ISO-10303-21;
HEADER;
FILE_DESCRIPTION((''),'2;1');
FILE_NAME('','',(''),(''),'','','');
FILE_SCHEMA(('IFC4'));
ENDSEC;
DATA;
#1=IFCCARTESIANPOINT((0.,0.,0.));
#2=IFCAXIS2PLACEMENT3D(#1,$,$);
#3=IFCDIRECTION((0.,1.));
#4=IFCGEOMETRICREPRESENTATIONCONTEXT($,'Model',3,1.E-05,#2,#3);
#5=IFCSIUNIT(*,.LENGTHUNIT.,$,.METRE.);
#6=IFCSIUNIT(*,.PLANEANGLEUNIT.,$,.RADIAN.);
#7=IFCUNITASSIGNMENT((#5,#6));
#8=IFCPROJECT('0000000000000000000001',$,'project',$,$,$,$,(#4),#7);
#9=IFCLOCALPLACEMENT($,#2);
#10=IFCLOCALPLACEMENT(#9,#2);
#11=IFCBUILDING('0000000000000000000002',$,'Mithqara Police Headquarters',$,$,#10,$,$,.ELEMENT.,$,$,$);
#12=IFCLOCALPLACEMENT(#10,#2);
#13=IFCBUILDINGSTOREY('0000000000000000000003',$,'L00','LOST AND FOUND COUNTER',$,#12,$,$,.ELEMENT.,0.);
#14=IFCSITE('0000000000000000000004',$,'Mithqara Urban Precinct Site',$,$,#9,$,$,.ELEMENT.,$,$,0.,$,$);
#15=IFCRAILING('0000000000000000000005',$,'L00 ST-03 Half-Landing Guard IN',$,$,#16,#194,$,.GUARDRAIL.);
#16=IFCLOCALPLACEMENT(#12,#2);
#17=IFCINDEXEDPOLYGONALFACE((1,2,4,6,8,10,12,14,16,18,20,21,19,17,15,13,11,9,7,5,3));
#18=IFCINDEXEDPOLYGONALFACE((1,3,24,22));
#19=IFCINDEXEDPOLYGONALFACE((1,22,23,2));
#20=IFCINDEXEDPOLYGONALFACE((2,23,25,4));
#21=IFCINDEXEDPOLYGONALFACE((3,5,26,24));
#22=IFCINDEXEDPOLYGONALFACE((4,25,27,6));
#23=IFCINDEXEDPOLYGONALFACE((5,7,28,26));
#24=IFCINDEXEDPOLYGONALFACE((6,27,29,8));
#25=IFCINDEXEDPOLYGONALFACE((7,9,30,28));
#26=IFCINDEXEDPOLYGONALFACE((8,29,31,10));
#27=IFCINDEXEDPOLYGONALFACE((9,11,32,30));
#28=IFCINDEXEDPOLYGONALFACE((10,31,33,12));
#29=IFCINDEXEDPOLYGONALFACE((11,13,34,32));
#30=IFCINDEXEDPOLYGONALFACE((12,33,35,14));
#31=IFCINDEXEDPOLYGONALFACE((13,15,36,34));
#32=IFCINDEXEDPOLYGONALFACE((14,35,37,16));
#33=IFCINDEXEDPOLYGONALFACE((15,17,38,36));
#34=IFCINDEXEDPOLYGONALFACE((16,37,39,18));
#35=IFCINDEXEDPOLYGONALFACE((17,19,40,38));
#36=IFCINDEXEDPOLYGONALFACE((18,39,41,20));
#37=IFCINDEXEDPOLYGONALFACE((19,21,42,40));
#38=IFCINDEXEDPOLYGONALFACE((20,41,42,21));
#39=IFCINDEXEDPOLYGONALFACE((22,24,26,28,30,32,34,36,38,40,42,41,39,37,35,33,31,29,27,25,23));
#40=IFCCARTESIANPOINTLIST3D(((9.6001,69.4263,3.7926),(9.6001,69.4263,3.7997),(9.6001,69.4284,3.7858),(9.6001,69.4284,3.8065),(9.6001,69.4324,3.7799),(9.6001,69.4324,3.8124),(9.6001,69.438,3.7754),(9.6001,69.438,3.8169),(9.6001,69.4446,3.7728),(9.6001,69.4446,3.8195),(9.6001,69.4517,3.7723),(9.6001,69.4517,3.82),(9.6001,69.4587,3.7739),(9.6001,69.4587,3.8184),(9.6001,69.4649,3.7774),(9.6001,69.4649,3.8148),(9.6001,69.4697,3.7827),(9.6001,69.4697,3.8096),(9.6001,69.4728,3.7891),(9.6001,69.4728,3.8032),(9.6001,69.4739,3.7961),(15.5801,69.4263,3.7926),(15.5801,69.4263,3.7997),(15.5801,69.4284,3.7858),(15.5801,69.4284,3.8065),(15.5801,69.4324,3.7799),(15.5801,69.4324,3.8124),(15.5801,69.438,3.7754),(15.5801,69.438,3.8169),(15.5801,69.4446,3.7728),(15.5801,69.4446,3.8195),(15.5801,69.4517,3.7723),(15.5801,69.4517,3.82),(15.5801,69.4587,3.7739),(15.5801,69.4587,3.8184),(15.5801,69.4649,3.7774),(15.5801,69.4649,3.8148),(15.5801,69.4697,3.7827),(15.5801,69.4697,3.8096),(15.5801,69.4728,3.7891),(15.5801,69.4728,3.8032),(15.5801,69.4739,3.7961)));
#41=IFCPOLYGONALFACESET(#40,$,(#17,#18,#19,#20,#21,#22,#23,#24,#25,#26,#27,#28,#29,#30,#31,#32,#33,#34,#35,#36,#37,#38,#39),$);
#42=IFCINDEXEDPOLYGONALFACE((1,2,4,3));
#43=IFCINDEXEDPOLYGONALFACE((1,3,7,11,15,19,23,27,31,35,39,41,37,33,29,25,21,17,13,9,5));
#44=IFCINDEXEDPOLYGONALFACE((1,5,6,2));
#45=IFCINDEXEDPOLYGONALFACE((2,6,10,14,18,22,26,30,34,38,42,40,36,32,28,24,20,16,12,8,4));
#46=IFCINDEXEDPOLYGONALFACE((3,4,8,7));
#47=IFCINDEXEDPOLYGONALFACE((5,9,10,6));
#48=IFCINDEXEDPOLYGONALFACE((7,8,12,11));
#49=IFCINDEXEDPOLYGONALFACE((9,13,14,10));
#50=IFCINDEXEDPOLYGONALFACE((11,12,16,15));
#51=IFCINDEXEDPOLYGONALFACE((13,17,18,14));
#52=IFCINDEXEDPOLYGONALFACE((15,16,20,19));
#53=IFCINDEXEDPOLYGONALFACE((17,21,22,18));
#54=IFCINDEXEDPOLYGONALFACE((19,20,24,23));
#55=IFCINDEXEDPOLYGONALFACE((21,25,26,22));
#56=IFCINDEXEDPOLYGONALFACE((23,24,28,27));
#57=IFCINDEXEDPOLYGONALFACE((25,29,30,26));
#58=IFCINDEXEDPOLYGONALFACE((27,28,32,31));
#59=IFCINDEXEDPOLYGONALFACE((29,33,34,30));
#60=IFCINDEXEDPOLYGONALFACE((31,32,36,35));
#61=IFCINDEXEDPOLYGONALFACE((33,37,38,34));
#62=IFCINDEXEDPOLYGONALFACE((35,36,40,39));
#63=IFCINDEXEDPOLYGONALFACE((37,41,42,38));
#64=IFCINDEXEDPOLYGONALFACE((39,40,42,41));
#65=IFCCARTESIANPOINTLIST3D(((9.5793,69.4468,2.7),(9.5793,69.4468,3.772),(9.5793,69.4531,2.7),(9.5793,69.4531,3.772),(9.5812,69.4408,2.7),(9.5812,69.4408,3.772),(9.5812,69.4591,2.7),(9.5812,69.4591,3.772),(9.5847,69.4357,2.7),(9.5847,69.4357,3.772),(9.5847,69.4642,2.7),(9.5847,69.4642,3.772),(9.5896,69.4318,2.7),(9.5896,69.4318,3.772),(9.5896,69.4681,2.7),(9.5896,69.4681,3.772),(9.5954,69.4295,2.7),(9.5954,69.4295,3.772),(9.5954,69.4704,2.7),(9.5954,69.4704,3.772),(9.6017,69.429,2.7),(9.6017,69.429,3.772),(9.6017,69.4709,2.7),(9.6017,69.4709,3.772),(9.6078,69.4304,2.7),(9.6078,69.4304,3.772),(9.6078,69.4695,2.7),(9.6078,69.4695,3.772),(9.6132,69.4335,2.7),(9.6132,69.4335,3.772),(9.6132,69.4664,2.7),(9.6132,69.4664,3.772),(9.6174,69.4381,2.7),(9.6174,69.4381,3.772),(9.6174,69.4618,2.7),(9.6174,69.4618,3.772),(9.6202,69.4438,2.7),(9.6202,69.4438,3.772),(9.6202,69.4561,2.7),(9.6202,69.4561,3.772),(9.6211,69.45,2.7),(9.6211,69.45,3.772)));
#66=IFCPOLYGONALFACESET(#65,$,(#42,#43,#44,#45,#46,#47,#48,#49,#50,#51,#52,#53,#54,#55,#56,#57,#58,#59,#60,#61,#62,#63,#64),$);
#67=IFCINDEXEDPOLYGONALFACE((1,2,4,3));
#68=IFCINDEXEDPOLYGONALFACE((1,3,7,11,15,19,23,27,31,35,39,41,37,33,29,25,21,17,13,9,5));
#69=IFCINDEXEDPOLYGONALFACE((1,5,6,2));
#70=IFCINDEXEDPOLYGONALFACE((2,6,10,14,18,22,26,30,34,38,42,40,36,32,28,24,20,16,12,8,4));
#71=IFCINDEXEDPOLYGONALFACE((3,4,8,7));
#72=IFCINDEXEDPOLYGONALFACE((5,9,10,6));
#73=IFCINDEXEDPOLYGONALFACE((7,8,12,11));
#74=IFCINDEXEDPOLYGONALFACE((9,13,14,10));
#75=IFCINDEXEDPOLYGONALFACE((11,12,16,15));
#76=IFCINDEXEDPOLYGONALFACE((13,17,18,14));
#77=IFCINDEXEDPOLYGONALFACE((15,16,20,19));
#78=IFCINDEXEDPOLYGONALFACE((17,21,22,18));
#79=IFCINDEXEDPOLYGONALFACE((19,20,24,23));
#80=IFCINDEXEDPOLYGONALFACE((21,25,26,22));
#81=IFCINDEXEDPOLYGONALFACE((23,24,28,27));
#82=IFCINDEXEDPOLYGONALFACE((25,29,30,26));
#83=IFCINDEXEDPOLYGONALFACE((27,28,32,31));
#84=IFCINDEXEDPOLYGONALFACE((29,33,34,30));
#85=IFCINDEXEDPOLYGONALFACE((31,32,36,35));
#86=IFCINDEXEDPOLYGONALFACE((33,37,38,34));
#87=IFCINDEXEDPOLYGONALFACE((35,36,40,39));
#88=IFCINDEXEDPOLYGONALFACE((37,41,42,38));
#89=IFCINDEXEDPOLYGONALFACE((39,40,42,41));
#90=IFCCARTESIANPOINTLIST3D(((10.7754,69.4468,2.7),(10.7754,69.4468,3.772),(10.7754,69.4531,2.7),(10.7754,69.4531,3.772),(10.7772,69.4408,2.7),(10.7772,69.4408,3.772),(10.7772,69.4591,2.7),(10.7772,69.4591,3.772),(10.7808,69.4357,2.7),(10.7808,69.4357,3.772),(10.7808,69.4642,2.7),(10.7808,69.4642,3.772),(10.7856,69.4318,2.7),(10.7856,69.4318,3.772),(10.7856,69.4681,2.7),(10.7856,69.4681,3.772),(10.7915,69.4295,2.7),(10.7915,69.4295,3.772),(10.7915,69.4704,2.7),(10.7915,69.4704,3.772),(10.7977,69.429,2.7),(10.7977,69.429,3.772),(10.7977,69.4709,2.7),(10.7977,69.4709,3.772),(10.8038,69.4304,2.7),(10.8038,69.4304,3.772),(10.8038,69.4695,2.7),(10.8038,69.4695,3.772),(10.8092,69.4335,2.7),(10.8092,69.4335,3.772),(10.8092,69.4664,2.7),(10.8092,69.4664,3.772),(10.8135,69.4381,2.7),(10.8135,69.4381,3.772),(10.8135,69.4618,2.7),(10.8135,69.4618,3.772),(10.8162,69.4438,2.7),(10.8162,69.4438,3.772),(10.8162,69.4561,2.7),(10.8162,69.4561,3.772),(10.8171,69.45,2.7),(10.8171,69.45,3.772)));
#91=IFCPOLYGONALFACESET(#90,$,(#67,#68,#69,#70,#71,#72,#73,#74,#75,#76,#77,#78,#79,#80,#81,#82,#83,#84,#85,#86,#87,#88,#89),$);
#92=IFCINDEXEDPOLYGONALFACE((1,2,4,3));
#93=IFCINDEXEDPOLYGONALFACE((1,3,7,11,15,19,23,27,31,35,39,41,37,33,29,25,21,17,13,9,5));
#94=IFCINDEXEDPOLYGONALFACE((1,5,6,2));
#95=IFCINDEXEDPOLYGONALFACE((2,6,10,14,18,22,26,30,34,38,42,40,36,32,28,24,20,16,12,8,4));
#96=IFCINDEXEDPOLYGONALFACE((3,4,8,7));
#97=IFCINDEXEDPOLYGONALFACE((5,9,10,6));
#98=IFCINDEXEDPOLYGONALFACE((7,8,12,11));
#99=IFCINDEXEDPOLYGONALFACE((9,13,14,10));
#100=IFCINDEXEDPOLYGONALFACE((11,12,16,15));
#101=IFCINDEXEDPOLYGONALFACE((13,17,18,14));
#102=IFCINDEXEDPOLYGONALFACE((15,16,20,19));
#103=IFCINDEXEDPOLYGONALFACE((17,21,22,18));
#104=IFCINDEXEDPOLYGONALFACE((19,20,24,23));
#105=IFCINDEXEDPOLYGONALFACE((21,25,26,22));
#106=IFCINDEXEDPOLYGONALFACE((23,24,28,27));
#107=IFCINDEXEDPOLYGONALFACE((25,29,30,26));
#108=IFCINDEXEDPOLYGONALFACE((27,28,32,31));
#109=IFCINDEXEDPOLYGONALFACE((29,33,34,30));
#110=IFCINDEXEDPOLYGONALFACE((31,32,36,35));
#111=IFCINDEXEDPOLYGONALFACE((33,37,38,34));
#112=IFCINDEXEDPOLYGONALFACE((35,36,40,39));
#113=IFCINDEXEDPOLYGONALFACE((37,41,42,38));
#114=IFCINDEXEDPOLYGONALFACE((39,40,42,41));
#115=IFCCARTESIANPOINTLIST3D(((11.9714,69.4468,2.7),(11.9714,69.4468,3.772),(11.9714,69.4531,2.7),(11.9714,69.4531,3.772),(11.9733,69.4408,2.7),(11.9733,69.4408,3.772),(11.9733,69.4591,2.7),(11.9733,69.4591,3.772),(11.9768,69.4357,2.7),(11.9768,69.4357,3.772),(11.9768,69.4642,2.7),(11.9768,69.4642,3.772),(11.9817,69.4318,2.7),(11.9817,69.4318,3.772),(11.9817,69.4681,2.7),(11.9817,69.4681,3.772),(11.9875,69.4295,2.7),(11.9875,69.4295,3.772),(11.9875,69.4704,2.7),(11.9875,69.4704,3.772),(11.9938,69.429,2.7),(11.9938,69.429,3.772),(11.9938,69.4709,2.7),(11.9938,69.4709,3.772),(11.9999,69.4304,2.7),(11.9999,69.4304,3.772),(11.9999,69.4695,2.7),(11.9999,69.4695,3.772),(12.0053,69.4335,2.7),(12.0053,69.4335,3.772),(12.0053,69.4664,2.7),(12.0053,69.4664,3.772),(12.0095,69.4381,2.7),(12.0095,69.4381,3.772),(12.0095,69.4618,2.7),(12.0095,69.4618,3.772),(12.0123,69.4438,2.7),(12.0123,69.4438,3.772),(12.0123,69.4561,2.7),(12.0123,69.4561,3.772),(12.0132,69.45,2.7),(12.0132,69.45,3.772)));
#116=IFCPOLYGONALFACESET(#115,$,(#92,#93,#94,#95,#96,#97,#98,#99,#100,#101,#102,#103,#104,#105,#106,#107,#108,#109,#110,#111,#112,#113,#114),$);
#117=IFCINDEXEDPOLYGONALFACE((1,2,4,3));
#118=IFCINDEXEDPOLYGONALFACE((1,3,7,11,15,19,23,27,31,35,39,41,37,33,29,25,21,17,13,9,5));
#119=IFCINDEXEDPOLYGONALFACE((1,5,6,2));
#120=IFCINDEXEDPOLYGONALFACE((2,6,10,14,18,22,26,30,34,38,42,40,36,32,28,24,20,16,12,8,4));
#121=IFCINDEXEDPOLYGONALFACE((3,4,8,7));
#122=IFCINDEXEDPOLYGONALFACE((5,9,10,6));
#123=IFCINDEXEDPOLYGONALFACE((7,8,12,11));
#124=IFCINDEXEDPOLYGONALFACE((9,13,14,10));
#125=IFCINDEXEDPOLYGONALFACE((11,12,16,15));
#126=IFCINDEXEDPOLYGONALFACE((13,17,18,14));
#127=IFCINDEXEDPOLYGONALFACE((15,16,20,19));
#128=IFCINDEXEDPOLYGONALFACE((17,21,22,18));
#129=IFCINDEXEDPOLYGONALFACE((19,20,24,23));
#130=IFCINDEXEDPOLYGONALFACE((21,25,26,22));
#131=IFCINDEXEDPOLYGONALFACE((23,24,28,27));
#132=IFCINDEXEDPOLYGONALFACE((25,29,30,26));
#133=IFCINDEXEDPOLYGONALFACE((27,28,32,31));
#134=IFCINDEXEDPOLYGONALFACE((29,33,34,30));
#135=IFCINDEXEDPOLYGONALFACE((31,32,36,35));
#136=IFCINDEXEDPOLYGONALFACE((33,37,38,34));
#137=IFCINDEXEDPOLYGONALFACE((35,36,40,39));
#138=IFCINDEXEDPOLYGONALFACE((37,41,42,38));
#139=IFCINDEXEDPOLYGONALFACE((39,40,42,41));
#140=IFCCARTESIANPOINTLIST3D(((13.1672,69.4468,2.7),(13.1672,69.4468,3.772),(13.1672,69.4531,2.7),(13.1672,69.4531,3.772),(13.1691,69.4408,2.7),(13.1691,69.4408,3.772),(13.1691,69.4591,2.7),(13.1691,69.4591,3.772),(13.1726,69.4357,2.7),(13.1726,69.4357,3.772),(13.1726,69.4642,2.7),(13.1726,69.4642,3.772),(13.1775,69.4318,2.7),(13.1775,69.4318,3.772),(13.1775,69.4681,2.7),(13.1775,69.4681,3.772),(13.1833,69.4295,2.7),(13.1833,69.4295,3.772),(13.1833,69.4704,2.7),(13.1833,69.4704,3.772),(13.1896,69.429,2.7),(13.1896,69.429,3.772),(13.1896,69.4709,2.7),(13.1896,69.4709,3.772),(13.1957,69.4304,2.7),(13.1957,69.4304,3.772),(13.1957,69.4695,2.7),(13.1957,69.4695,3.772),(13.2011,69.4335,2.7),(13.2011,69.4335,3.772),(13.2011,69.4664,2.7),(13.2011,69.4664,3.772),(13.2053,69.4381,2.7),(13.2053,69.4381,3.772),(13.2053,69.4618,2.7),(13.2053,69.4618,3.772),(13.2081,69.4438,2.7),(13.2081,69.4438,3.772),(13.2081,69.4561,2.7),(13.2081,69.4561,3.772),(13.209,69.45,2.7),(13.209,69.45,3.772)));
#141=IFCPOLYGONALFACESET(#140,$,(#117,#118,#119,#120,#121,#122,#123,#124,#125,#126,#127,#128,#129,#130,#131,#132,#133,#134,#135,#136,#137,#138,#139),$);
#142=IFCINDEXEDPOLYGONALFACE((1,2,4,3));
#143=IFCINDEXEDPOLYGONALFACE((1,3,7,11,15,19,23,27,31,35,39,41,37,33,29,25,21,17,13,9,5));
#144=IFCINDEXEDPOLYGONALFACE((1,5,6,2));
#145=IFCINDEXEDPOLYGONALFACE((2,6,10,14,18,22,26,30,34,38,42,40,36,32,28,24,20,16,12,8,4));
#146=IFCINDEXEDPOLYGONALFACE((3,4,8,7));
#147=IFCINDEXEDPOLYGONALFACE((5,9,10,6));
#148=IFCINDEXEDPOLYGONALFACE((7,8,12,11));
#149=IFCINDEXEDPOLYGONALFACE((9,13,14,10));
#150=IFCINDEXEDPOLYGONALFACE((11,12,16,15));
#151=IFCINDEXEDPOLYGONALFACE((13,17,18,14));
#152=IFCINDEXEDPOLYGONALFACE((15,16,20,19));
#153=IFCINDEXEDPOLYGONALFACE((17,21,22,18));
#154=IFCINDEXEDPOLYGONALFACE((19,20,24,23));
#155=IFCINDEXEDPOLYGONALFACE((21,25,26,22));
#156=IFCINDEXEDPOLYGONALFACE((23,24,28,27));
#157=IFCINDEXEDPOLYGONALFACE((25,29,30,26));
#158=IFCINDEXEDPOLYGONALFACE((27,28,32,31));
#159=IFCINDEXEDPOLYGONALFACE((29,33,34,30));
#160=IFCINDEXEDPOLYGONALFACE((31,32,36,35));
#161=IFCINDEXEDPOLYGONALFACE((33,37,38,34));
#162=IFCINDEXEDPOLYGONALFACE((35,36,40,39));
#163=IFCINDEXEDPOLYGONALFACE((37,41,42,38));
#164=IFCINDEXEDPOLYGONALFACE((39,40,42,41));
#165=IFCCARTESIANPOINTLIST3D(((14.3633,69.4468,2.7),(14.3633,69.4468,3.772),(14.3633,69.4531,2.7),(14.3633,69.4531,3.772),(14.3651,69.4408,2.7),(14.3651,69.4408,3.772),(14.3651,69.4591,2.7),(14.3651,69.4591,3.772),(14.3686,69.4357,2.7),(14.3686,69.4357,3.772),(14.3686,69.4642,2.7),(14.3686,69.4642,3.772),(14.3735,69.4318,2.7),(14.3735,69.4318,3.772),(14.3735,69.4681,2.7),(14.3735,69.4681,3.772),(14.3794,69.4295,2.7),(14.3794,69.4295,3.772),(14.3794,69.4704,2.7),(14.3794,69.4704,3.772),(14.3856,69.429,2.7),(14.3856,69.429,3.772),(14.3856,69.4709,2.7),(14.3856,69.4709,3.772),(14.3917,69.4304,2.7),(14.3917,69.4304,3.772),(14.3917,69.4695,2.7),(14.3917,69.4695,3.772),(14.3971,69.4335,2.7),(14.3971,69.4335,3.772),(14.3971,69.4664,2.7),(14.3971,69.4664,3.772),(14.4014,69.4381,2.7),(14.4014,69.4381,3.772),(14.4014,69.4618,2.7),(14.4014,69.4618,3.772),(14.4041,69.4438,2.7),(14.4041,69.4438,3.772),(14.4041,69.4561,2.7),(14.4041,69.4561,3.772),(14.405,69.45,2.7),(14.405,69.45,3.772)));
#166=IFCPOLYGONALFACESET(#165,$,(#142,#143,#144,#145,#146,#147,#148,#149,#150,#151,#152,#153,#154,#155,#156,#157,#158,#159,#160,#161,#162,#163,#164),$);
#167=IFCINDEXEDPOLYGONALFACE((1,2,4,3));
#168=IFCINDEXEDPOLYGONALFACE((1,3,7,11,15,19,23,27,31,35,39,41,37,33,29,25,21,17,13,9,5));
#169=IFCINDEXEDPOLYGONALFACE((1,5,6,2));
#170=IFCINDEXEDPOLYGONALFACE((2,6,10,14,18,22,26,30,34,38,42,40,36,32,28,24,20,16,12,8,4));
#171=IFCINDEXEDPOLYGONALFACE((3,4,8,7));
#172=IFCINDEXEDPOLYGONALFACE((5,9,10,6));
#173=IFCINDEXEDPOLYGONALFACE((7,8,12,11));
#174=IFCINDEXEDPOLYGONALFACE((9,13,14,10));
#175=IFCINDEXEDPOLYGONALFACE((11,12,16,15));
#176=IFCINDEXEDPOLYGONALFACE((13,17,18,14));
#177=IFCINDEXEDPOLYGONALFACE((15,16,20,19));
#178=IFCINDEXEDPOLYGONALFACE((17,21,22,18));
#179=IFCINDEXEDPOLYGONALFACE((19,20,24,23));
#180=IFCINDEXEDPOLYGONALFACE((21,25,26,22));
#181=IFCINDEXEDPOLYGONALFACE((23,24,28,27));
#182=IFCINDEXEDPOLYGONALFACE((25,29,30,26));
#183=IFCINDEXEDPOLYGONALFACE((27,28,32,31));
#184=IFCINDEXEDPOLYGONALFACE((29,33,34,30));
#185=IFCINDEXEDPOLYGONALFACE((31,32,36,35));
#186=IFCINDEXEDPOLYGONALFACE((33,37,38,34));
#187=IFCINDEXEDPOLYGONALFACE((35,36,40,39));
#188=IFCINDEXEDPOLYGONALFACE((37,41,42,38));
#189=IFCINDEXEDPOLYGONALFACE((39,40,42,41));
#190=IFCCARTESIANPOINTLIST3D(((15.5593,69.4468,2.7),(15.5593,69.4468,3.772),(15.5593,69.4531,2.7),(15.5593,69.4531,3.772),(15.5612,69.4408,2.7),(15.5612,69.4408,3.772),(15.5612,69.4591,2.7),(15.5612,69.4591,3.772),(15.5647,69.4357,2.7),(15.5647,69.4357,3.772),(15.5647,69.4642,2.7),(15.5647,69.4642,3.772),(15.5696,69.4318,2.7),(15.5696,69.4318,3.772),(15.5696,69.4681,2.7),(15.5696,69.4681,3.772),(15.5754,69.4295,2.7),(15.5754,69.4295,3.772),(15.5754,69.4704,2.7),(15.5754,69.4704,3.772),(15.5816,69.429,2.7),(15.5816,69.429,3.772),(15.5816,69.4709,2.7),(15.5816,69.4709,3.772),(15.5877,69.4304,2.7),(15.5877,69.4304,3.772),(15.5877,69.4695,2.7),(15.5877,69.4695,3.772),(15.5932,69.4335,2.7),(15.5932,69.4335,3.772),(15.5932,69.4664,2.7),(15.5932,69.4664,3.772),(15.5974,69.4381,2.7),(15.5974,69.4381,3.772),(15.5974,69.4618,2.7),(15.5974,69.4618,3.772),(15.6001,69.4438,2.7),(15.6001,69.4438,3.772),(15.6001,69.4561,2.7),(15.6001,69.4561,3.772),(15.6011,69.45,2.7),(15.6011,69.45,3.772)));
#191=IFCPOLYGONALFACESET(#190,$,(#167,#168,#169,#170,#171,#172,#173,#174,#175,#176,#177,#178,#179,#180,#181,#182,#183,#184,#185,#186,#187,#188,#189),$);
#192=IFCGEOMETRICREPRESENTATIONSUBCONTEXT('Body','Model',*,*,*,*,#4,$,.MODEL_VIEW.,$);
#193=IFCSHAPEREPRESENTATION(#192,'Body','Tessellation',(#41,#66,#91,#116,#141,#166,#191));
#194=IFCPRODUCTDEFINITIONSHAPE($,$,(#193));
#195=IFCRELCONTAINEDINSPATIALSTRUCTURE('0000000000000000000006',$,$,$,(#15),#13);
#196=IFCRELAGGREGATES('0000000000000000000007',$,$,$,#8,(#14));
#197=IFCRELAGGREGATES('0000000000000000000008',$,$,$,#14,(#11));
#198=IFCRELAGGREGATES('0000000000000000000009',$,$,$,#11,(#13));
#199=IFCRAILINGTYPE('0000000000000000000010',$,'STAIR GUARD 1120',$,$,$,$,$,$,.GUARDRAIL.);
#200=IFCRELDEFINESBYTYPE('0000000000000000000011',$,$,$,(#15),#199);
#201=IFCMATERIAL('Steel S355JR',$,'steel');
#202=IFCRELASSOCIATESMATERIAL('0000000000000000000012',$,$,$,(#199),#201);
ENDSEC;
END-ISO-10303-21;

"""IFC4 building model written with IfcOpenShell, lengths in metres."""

from ifc_helpers import new_model, si_unit, direction, frame, origin, origin_2d, place, context, subcontext, project, spatial, circle, extrude, material, type_object, element, save


model = new_model("IFC4")

# Units and contexts
model_context = context("Model", 3, precision=1e-05, world=origin(), true_north=direction((0.0, 1.0)))
body_context = subcontext(model_context, "Body", "Model", "MODEL_VIEW")
ifc_project = project(units=[si_unit("LENGTHUNIT", "METRE"), si_unit("PLANEANGLEUNIT", "RADIAN")], contexts=[model_context])

# Site, building, storey
site_placement = place(None, origin())
site = spatial("IfcSite", under=ifc_project, at=site_placement, Name="Mithqara Urban Precinct Site", CompositionType="ELEMENT", RefElevation=0.0)
building_placement = place(site_placement, origin())
building = spatial("IfcBuilding", under=site, at=building_placement, Name="Mithqara Police Headquarters", CompositionType="ELEMENT")
storey_placement = place(building_placement, origin())
storey = spatial("IfcBuildingStorey", under=building, at=storey_placement, Name="L00", Description="LOST AND FOUND COUNTER", CompositionType="ELEMENT", Elevation=0.0)

# Shared definitions
ifc_material_1 = material(Name="Steel S355JR", Category="steel")

# Railing
railing_type_1 = type_object("IfcRailingType", Name="STAIR GUARD 1120", PredefinedType="GUARDRAIL", material=ifc_material_1)
for number, where, name in (
    (1, (9.6001, 69.45, 2.7), "L00 ST-03 Half-Landing Guard IN"),
):
    element("IfcRailing", number, at=place(storey_placement, frame(where)), inside=storey, type_object=railing_type_1, Name=name, PredefinedType="GUARDRAIL", context=body_context, shape_type="SweptSolid", body=[
        extrude(circle(Radius=0.0239, at=origin_2d()), frame((0.0, 0.0, 1.0962), z_axis=(1.0, 0.0, 0.0), x_axis=(0.0, 1.0, 0.0)), (0.0, 0.0, 1.0), 5.98),
        extrude(circle(Radius=0.021, at=origin_2d()), origin(), (0.0, 0.0, 1.0), 1.072),
        extrude(circle(Radius=0.021, at=origin_2d()), frame((1.196, 0.0, 0.0)), (0.0, 0.0, 1.0), 1.072),
        extrude(circle(Radius=0.021, at=origin_2d()), frame((2.3921, 0.0, 0.0)), (0.0, 0.0, 1.0), 1.072),
        extrude(circle(Radius=0.021, at=origin_2d()), frame((3.5879, 0.0, 0.0)), (0.0, 0.0, 1.0), 1.072),
        extrude(circle(Radius=0.021, at=origin_2d()), frame((4.7839, 0.0, 0.0)), (0.0, 0.0, 1.0), 1.072),
        extrude(circle(Radius=0.021, at=origin_2d()), frame((5.98, 0.0, 0.0)), (0.0, 0.0, 1.0), 1.072),
    ])

save(model, "model.ifc")
